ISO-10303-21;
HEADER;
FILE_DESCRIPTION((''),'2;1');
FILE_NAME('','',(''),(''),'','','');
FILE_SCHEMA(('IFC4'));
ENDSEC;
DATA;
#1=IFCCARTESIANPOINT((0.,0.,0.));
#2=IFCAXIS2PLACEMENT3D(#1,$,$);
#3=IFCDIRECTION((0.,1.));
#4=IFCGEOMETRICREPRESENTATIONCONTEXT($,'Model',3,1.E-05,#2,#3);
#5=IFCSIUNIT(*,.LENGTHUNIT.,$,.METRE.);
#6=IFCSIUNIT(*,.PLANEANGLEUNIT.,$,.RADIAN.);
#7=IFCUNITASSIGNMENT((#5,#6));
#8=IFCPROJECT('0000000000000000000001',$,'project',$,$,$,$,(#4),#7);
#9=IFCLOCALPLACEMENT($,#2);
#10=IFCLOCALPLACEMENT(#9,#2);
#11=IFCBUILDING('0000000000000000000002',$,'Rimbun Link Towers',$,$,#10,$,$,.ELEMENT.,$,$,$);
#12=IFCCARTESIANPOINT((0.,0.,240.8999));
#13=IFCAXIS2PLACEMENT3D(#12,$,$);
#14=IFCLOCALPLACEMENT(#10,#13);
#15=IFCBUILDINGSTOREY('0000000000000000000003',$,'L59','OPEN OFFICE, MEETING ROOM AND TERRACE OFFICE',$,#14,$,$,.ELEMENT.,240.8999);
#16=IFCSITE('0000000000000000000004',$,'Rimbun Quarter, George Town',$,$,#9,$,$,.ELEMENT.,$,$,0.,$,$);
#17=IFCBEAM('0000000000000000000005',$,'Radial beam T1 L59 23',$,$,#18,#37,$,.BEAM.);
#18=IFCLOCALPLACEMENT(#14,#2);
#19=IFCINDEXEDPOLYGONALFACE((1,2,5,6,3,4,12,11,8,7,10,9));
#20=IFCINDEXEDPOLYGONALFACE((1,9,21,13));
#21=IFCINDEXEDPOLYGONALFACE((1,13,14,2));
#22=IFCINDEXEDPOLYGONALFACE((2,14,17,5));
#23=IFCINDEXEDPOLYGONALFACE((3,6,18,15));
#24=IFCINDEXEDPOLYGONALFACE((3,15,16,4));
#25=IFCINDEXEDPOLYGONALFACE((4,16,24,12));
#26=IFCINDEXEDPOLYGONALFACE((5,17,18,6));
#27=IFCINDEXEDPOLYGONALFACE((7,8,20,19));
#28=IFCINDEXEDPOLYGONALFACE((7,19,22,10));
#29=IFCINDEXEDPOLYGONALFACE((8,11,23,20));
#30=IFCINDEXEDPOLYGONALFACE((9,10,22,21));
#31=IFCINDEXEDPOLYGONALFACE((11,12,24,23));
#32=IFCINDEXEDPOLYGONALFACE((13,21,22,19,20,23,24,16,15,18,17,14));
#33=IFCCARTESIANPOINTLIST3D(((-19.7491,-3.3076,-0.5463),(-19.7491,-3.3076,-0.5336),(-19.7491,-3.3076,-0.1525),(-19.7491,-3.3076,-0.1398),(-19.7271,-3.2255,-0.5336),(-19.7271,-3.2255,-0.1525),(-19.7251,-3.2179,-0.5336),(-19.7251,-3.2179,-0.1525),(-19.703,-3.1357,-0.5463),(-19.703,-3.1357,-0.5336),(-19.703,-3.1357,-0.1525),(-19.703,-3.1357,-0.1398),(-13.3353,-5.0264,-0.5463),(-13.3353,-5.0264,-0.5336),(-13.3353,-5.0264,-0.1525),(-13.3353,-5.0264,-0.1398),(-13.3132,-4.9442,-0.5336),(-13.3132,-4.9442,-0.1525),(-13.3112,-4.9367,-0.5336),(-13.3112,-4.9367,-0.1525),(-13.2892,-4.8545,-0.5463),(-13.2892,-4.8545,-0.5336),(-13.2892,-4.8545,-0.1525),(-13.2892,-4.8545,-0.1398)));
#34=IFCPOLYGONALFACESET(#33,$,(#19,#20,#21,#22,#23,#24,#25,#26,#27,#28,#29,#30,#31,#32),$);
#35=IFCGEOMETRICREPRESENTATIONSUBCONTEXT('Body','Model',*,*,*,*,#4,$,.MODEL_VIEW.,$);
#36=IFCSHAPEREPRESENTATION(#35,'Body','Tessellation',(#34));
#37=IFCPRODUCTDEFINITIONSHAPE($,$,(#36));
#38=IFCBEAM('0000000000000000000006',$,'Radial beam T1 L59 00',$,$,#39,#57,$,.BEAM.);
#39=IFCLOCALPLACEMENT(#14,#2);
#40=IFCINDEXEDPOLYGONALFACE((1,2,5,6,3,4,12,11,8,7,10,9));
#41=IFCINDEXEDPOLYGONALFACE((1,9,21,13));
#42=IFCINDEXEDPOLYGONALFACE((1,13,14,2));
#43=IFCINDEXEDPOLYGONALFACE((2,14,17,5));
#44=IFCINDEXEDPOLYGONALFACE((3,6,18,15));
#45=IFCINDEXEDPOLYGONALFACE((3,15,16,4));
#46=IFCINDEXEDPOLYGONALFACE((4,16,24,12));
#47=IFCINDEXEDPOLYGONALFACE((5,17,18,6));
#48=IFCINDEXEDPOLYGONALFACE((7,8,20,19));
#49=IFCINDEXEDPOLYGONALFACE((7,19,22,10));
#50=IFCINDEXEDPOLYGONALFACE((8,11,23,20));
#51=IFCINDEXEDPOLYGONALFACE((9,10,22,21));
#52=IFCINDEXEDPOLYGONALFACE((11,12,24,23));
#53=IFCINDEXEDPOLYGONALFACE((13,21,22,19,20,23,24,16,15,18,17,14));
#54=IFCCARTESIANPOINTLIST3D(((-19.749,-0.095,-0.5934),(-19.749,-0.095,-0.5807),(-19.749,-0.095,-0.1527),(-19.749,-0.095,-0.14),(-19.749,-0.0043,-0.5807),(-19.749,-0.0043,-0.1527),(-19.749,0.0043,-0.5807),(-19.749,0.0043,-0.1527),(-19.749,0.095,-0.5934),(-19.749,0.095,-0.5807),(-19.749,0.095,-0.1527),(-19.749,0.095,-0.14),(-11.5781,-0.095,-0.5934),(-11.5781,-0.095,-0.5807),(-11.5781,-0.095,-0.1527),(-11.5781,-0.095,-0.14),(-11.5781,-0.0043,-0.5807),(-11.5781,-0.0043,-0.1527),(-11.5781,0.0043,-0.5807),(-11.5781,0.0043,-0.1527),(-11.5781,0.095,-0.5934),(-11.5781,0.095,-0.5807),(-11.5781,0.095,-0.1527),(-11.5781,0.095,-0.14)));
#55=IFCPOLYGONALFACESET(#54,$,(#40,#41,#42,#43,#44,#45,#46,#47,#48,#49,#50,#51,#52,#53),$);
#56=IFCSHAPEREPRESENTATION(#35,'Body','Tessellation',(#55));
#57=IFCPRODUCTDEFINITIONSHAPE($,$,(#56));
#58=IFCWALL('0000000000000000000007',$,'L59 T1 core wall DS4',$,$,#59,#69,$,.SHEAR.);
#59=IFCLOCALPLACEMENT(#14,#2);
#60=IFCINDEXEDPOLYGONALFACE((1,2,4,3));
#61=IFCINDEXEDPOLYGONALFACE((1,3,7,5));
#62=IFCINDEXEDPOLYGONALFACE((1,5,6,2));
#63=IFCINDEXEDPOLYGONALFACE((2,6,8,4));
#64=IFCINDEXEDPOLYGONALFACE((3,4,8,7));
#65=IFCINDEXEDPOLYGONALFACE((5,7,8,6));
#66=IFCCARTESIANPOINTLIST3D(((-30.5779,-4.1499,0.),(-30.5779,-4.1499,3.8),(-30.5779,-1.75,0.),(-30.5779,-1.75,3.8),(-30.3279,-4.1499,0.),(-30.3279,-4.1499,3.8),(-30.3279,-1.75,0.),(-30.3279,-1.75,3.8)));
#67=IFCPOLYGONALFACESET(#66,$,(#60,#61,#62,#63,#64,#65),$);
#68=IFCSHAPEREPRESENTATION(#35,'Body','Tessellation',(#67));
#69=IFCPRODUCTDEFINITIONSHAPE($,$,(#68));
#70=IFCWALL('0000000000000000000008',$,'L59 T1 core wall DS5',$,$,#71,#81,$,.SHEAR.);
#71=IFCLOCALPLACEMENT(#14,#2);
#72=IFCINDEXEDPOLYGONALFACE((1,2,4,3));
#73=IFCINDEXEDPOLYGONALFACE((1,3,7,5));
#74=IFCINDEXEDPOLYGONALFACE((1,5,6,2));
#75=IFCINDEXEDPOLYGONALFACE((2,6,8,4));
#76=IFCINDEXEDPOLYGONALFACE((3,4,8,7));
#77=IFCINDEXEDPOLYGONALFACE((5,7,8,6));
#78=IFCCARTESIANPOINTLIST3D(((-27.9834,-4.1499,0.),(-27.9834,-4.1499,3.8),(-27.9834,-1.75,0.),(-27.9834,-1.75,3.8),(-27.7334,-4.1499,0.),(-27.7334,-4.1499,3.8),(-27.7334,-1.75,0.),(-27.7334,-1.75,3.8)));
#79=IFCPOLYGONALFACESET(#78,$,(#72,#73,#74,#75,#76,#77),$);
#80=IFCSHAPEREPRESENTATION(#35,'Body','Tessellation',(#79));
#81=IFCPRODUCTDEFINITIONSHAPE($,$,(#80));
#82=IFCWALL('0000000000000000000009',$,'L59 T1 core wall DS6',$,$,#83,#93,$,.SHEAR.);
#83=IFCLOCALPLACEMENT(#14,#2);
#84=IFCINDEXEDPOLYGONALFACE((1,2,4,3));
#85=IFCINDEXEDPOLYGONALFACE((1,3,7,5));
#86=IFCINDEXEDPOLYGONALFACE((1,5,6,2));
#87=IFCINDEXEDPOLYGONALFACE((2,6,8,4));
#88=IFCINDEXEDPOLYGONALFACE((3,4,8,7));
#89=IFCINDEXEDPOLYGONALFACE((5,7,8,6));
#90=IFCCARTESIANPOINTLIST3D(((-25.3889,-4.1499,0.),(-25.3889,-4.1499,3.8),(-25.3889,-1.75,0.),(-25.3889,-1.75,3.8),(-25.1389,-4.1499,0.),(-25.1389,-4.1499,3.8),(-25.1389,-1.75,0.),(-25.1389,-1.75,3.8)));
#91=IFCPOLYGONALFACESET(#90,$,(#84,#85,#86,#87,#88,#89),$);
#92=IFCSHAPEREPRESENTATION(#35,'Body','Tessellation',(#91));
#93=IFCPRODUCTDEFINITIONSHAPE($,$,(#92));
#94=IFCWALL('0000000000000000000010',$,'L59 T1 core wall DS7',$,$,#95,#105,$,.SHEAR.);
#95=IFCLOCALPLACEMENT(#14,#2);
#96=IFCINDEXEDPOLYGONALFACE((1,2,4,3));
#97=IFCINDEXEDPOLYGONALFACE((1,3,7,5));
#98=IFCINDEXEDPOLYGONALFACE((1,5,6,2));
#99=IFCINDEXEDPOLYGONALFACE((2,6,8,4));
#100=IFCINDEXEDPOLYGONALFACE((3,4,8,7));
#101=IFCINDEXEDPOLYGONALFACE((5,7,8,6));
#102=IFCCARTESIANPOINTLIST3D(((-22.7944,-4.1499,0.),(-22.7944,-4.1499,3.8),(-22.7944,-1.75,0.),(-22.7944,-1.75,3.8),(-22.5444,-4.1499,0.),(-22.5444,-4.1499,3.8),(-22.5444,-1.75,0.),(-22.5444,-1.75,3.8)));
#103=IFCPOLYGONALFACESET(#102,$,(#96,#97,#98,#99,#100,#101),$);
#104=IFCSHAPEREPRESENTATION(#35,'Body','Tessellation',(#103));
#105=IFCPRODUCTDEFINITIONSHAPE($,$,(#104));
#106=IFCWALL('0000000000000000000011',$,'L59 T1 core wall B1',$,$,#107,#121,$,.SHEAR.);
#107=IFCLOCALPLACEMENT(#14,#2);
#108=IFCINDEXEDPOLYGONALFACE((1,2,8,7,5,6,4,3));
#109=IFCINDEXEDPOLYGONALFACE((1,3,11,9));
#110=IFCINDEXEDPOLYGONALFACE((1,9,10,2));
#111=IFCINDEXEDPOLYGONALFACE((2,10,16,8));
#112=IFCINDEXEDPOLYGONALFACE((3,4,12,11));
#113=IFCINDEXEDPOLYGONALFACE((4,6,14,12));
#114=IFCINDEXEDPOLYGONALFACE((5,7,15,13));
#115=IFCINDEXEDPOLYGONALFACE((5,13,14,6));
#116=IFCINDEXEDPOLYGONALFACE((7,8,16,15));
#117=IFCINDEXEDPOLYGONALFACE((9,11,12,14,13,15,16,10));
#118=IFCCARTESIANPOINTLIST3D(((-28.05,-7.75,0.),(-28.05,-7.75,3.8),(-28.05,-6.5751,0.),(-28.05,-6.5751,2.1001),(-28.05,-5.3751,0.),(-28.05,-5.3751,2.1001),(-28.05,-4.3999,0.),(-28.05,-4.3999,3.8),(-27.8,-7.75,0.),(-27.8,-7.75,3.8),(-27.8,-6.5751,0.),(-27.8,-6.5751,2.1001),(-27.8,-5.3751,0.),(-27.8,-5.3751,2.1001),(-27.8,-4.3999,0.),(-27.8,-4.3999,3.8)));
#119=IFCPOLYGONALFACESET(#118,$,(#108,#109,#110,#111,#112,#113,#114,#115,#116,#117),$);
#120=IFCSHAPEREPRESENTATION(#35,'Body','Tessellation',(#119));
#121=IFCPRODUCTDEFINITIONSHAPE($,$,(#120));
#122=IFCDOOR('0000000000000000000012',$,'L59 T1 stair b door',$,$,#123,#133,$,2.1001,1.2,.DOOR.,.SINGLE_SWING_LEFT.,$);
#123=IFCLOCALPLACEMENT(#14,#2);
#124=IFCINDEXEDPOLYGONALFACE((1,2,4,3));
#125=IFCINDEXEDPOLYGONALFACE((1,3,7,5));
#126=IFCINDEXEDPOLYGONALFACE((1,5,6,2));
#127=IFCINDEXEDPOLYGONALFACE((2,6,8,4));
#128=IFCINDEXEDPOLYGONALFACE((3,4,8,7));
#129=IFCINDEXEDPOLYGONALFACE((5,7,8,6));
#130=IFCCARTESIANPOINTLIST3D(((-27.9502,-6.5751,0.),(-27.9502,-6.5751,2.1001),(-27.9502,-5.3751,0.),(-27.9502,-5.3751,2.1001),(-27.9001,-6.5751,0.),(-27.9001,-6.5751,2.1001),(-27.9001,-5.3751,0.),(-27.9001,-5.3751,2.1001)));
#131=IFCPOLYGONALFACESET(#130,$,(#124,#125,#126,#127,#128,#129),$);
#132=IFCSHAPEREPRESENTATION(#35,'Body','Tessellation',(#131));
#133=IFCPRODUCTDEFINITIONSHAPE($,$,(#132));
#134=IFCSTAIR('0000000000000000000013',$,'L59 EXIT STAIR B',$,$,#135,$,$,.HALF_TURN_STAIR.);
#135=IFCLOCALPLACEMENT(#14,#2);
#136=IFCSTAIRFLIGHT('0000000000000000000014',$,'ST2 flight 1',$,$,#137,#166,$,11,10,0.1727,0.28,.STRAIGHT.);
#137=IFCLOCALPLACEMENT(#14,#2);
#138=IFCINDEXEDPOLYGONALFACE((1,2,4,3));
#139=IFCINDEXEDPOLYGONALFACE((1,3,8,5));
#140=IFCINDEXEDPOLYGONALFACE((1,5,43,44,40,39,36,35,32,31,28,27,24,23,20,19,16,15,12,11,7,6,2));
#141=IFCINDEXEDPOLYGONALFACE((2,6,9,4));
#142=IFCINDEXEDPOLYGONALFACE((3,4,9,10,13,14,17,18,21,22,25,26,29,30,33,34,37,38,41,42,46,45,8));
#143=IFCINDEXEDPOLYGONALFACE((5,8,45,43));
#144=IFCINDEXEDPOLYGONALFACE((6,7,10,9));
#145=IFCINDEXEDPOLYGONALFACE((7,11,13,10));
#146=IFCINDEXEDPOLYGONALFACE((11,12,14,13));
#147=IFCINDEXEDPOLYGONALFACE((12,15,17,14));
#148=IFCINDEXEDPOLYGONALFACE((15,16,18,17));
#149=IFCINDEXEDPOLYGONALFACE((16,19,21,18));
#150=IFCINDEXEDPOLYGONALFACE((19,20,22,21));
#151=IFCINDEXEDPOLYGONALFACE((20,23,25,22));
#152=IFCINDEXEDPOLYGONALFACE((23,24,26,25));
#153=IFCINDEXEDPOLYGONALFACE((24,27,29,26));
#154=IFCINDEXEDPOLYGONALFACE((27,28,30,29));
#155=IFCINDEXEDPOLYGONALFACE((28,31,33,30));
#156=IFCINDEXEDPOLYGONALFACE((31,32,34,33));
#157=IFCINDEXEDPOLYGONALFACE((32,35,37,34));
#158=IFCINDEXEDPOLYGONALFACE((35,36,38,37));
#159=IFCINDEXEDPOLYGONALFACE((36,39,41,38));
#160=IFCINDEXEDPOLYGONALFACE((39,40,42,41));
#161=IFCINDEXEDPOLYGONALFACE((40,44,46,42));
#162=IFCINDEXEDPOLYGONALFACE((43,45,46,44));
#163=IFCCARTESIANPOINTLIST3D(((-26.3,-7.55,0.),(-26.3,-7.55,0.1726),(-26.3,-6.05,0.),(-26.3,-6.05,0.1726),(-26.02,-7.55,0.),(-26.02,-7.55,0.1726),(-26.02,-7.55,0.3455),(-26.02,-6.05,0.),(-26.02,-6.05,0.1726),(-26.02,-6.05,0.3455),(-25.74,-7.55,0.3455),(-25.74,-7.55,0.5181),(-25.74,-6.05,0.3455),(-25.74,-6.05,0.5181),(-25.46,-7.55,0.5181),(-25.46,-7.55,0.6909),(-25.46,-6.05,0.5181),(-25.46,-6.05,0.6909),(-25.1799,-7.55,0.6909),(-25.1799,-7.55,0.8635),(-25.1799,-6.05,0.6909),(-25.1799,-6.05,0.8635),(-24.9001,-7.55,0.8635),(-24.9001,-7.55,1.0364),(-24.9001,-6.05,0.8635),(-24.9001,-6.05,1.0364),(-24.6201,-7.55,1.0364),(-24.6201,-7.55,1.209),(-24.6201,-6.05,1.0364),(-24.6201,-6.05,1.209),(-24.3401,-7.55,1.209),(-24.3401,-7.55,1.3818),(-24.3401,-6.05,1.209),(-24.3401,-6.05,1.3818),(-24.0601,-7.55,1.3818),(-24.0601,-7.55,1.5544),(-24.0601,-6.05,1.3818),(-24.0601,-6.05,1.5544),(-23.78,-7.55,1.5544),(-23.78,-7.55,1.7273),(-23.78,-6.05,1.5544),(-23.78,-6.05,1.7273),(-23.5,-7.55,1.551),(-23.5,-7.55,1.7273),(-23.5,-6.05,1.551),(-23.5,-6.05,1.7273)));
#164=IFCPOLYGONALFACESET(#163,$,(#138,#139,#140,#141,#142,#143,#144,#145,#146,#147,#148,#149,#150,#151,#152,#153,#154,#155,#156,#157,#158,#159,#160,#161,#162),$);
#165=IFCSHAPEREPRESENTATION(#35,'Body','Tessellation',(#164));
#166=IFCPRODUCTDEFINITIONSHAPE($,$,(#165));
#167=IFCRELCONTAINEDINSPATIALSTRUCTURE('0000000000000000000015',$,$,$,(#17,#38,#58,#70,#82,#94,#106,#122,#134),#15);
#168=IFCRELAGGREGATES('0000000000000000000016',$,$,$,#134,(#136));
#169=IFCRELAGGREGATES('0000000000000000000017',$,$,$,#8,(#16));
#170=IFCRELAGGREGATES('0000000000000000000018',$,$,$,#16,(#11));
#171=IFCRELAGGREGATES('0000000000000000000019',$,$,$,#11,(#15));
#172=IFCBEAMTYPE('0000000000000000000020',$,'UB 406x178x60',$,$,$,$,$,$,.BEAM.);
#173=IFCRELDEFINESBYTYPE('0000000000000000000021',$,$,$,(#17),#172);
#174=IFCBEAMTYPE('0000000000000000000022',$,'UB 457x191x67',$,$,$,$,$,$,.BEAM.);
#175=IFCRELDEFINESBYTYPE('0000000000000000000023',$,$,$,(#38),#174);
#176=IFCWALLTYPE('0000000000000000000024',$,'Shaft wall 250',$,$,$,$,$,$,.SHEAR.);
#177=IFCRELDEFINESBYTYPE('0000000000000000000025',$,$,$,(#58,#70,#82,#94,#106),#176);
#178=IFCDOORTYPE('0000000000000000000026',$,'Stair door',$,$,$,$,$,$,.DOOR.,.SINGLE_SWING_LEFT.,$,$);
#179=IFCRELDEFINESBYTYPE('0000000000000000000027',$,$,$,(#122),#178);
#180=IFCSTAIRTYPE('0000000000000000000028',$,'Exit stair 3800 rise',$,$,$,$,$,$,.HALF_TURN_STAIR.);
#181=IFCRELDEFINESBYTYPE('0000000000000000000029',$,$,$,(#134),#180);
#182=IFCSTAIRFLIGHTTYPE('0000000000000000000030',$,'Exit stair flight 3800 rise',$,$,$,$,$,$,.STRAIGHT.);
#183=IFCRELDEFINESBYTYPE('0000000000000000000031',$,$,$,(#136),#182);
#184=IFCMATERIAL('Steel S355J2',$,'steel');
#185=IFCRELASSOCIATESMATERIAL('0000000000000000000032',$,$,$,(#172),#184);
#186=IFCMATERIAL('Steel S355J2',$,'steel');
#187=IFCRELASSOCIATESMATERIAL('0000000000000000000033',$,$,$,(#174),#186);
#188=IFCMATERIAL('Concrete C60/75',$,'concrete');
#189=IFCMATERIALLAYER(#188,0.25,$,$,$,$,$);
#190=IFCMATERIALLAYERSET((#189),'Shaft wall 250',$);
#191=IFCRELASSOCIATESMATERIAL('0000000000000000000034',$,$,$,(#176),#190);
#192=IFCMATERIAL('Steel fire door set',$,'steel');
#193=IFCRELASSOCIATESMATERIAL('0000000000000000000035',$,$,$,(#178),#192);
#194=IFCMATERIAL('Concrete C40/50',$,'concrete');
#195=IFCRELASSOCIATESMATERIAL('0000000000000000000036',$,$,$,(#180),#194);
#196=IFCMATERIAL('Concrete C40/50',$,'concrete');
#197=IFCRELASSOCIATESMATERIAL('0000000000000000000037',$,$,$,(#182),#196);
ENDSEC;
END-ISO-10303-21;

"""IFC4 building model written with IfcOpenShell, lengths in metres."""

from ifc_helpers import new_model, si_unit, direction, frame, frame_2d, origin, origin_2d, place, context, subcontext, project, spatial, polyline, rectangle, i_section, outline, extrude, material, layer, layer_set, material_profile, profile_set, type_object, element, fill, aggregate, save


model = new_model("IFC4")

# Units and contexts
model_context = context("Model", 3, precision=1e-05, world=origin(), true_north=direction((0.0, 1.0)))
body_context = subcontext(model_context, "Body", "Model", "MODEL_VIEW")
ifc_project = project(units=[si_unit("LENGTHUNIT", "METRE"), si_unit("PLANEANGLEUNIT", "RADIAN")], contexts=[model_context])

# Site, building, storey
site_placement = place(None, origin())
site = spatial("IfcSite", under=ifc_project, at=site_placement, Name="Rimbun Quarter, George Town", CompositionType="ELEMENT", RefElevation=0.0)
building_placement = place(site_placement, origin())
building = spatial("IfcBuilding", under=site, at=building_placement, Name="Rimbun Link Towers", CompositionType="ELEMENT")
storey_placement = place(building_placement, frame((0.0, 0.0, 240.8999)))
storey = spatial("IfcBuildingStorey", under=building, at=storey_placement, Name="L59", Description="OPEN OFFICE, MEETING ROOM AND TERRACE OFFICE", CompositionType="ELEMENT", Elevation=240.8999)

# Beams
ifc_material_1 = material(Name="Steel S355J2", Category="steel")
ifc_material_profile_1 = material_profile(ifc_material_1, i_section(OverallWidth=0.178, OverallDepth=0.4065, WebThickness=0.0078, FlangeThickness=0.0127, at=origin_2d()), Name="UB 406x178x60")
ifc_profile_set_1 = profile_set([ifc_material_profile_1], Name="Steel S355J2")
beam_type_1 = type_object("IfcBeamType", Name="UB 406x178x60", PredefinedType="BEAM", material=ifc_profile_set_1)
beam_1_placement = place(storey_placement, frame((-19.7261, -3.2217, -0.343), z_axis=(0.965919, -0.258843, 0.0), x_axis=(0.258843, 0.965919, 0.0)))
element("IfcBeam", 1, at=beam_1_placement, inside=storey, type_object=beam_type_1, Name="Radial beam T1 L59 23", PredefinedType="BEAM", context=body_context, shape_type="SweptSolid", body=[
    extrude(i_section(OverallWidth=0.178, OverallDepth=0.4065, WebThickness=0.0078, FlangeThickness=0.0127, at=origin_2d()), origin(), (0.0, 0.0, 1.0), 6.6401),
])
ifc_material_2 = material(Name="Steel S355J2", Category="steel")
ifc_material_profile_2 = material_profile(ifc_material_2, i_section(OverallWidth=0.1899, OverallDepth=0.4534, WebThickness=0.0085, FlangeThickness=0.0127, at=origin_2d()), Name="UB 457x191x67")
ifc_profile_set_2 = profile_set([ifc_material_profile_2], Name="Steel S355J2")
beam_type_2 = type_object("IfcBeamType", Name="UB 457x191x67", PredefinedType="BEAM", material=ifc_profile_set_2)
beam_2_placement = place(storey_placement, frame((-19.749, 0.0, -0.3667), z_axis=(1.0, 0.0, 0.0), x_axis=(0.0, 1.0, 0.0)))
element("IfcBeam", 2, at=beam_2_placement, inside=storey, type_object=beam_type_2, Name="Radial beam T1 L59 00", PredefinedType="BEAM", context=body_context, shape_type="SweptSolid", body=[
    extrude(i_section(OverallWidth=0.1899, OverallDepth=0.4534, WebThickness=0.0085, FlangeThickness=0.0127, at=origin_2d()), origin(), (0.0, 0.0, 1.0), 8.1709),
])

# Walls
ifc_material_3 = material(Name="Concrete C60/75", Category="concrete")
ifc_layer = layer(ifc_material_3, 0.25)
ifc_layer_set = layer_set([ifc_layer], Name="Shaft wall 250")
wall_type = type_object("IfcWallType", Name="Shaft wall 250", PredefinedType="SHEAR", material=ifc_layer_set)
for number, where, z_axis, x_axis, name in (
    (3, (-30.4529, -4.1499, 0.0), (0.0, 0.0, 1.0), (0.0, 1.0, 0.0), "L59 T1 core wall DS4"),
    (4, (-27.8584, -4.1499, 0.0), (0.0, 0.0, 1.0), (0.0, 1.0, 0.0), "L59 T1 core wall DS5"),
    (5, (-25.2639, -4.1499, 0.0), (0.0, 0.0, 1.0), (0.0, 1.0, 0.0), "L59 T1 core wall DS6"),
    (6, (-22.6694, -4.1499, 0.0), (0.0, 0.0, 1.0), (0.0, 1.0, 0.0), "L59 T1 core wall DS7"),
):
    element("IfcWall", number, at=place(storey_placement, frame(where, z_axis=z_axis, x_axis=x_axis)), inside=storey, type_object=wall_type, Name=name, PredefinedType="SHEAR", context=body_context, shape_type="SweptSolid", body=[
        extrude(rectangle(XDim=2.3999, YDim=0.25, at=frame_2d((1.2, 0.0))), origin(), (0.0, 0.0, 1.0), 3.8),
    ])

# Wall, opening, door
wall_placement = place(storey_placement, frame((-27.925, -4.3999, 0.0), z_axis=(0.0, 0.0, 1.0), x_axis=(0.0, -1.0, 0.0)))
wall = element("IfcWall", 7, at=wall_placement, inside=storey, type_object=wall_type, Name="L59 T1 core wall B1", PredefinedType="SHEAR", context=body_context, shape_type="SweptSolid", body=[
    extrude(rectangle(XDim=3.3501, YDim=0.25, at=frame_2d((1.675, 0.0))), origin(), (0.0, 0.0, 1.0), 3.8),
])
opening_placement = place(wall_placement, frame((0.9751, 0.0, 0.0)))
opening = element("IfcOpeningElement", 8, at=opening_placement, cuts=wall, PredefinedType="OPENING", context=body_context, shape_type="SweptSolid", body=[
    extrude(rectangle(XDim=1.2, YDim=2.1001, at=frame_2d((0.6001, 1.05))), frame((0.0, 0.135, 0.0), z_axis=(0.0, -1.0, 0.0), x_axis=(1.0, 0.0, 0.0)), (0.0, 0.0, 1.0), 0.27),
])
ifc_material_4 = material(Name="Steel fire door set", Category="steel")
door_type = type_object("IfcDoorType", Name="Stair door", OperationType="SINGLE_SWING_LEFT", PredefinedType="DOOR", material=ifc_material_4)
door_placement = place(opening_placement, origin())
door = element("IfcDoor", 9, at=door_placement, inside=storey, type_object=door_type, Name="L59 T1 stair b door", OperationType="SINGLE_SWING_LEFT", OverallHeight=2.1001, OverallWidth=1.2, PredefinedType="DOOR", context=body_context, shape_type="SweptSolid", body=[
    extrude(rectangle(XDim=1.2, YDim=2.1001, at=frame_2d((0.6001, 1.05))), frame((0.0, 0.0249, 0.0), z_axis=(0.0, -1.0, 0.0), x_axis=(1.0, 0.0, 0.0)), (0.0, 0.0, 1.0), 0.05),
])
fill(opening, door)

# Stair, stair flight
ifc_material_5 = material(Name="Concrete C40/50", Category="concrete")
stair_type = type_object("IfcStairType", Name="Exit stair 3800 rise", PredefinedType="HALF_TURN_STAIR", material=ifc_material_5)
stair_placement = place(storey_placement, origin())
stair = element("IfcStair", 10, at=stair_placement, inside=storey, type_object=stair_type, Name="L59 EXIT STAIR B", PredefinedType="HALF_TURN_STAIR")
ifc_material_6 = material(Name="Concrete C40/50", Category="concrete")
stair_flight_type = type_object("IfcStairFlightType", Name="Exit stair flight 3800 rise", PredefinedType="STRAIGHT", material=ifc_material_6)
stair_flight_1_placement = place(storey_placement, frame((-26.3, -6.8, 0.0), z_axis=(0.0, 0.0, 1.0), x_axis=(1.0, 0.0, 0.0)))
stair_flight_1 = element("IfcStairFlight", 11, at=stair_flight_1_placement, type_object=stair_flight_type, Name="ST2 flight 1", NumberOfRisers=11, NumberOfTreads=10, PredefinedType="STRAIGHT", RiserHeight=0.1727, TreadLength=0.28, context=body_context, shape_type="SweptSolid", body=[
    extrude(outline(polyline([(0.0, 0.0), (0.0, 0.1726), (0.28, 0.1726), (0.28, 0.3455), (0.5601, 0.3455), (0.5601, 0.5181), (0.8401, 0.5181), (0.8401, 0.6909), (1.1201, 0.6909), (1.1201, 0.8635), (1.3999, 0.8635), (1.3999, 1.0364), (1.6799, 1.0364), (1.6799, 1.209), (1.96, 1.209), (1.96, 1.3818), (2.24, 1.3818), (2.24, 1.5544), (2.52, 1.5544), (2.52, 1.7273), (2.8, 1.7273), (2.8, 1.8999), (2.8, 1.551), (0.28, 0.0), (0.0, 0.0)])), frame((0.0, 0.75, 0.0), z_axis=(0.0, -1.0, 0.0), x_axis=(1.0, 0.0, 0.0)), (0.0, 0.0, 1.0), 1.5),
])
aggregate(stair, [stair_flight_1])

save(model, "model.ifc")
